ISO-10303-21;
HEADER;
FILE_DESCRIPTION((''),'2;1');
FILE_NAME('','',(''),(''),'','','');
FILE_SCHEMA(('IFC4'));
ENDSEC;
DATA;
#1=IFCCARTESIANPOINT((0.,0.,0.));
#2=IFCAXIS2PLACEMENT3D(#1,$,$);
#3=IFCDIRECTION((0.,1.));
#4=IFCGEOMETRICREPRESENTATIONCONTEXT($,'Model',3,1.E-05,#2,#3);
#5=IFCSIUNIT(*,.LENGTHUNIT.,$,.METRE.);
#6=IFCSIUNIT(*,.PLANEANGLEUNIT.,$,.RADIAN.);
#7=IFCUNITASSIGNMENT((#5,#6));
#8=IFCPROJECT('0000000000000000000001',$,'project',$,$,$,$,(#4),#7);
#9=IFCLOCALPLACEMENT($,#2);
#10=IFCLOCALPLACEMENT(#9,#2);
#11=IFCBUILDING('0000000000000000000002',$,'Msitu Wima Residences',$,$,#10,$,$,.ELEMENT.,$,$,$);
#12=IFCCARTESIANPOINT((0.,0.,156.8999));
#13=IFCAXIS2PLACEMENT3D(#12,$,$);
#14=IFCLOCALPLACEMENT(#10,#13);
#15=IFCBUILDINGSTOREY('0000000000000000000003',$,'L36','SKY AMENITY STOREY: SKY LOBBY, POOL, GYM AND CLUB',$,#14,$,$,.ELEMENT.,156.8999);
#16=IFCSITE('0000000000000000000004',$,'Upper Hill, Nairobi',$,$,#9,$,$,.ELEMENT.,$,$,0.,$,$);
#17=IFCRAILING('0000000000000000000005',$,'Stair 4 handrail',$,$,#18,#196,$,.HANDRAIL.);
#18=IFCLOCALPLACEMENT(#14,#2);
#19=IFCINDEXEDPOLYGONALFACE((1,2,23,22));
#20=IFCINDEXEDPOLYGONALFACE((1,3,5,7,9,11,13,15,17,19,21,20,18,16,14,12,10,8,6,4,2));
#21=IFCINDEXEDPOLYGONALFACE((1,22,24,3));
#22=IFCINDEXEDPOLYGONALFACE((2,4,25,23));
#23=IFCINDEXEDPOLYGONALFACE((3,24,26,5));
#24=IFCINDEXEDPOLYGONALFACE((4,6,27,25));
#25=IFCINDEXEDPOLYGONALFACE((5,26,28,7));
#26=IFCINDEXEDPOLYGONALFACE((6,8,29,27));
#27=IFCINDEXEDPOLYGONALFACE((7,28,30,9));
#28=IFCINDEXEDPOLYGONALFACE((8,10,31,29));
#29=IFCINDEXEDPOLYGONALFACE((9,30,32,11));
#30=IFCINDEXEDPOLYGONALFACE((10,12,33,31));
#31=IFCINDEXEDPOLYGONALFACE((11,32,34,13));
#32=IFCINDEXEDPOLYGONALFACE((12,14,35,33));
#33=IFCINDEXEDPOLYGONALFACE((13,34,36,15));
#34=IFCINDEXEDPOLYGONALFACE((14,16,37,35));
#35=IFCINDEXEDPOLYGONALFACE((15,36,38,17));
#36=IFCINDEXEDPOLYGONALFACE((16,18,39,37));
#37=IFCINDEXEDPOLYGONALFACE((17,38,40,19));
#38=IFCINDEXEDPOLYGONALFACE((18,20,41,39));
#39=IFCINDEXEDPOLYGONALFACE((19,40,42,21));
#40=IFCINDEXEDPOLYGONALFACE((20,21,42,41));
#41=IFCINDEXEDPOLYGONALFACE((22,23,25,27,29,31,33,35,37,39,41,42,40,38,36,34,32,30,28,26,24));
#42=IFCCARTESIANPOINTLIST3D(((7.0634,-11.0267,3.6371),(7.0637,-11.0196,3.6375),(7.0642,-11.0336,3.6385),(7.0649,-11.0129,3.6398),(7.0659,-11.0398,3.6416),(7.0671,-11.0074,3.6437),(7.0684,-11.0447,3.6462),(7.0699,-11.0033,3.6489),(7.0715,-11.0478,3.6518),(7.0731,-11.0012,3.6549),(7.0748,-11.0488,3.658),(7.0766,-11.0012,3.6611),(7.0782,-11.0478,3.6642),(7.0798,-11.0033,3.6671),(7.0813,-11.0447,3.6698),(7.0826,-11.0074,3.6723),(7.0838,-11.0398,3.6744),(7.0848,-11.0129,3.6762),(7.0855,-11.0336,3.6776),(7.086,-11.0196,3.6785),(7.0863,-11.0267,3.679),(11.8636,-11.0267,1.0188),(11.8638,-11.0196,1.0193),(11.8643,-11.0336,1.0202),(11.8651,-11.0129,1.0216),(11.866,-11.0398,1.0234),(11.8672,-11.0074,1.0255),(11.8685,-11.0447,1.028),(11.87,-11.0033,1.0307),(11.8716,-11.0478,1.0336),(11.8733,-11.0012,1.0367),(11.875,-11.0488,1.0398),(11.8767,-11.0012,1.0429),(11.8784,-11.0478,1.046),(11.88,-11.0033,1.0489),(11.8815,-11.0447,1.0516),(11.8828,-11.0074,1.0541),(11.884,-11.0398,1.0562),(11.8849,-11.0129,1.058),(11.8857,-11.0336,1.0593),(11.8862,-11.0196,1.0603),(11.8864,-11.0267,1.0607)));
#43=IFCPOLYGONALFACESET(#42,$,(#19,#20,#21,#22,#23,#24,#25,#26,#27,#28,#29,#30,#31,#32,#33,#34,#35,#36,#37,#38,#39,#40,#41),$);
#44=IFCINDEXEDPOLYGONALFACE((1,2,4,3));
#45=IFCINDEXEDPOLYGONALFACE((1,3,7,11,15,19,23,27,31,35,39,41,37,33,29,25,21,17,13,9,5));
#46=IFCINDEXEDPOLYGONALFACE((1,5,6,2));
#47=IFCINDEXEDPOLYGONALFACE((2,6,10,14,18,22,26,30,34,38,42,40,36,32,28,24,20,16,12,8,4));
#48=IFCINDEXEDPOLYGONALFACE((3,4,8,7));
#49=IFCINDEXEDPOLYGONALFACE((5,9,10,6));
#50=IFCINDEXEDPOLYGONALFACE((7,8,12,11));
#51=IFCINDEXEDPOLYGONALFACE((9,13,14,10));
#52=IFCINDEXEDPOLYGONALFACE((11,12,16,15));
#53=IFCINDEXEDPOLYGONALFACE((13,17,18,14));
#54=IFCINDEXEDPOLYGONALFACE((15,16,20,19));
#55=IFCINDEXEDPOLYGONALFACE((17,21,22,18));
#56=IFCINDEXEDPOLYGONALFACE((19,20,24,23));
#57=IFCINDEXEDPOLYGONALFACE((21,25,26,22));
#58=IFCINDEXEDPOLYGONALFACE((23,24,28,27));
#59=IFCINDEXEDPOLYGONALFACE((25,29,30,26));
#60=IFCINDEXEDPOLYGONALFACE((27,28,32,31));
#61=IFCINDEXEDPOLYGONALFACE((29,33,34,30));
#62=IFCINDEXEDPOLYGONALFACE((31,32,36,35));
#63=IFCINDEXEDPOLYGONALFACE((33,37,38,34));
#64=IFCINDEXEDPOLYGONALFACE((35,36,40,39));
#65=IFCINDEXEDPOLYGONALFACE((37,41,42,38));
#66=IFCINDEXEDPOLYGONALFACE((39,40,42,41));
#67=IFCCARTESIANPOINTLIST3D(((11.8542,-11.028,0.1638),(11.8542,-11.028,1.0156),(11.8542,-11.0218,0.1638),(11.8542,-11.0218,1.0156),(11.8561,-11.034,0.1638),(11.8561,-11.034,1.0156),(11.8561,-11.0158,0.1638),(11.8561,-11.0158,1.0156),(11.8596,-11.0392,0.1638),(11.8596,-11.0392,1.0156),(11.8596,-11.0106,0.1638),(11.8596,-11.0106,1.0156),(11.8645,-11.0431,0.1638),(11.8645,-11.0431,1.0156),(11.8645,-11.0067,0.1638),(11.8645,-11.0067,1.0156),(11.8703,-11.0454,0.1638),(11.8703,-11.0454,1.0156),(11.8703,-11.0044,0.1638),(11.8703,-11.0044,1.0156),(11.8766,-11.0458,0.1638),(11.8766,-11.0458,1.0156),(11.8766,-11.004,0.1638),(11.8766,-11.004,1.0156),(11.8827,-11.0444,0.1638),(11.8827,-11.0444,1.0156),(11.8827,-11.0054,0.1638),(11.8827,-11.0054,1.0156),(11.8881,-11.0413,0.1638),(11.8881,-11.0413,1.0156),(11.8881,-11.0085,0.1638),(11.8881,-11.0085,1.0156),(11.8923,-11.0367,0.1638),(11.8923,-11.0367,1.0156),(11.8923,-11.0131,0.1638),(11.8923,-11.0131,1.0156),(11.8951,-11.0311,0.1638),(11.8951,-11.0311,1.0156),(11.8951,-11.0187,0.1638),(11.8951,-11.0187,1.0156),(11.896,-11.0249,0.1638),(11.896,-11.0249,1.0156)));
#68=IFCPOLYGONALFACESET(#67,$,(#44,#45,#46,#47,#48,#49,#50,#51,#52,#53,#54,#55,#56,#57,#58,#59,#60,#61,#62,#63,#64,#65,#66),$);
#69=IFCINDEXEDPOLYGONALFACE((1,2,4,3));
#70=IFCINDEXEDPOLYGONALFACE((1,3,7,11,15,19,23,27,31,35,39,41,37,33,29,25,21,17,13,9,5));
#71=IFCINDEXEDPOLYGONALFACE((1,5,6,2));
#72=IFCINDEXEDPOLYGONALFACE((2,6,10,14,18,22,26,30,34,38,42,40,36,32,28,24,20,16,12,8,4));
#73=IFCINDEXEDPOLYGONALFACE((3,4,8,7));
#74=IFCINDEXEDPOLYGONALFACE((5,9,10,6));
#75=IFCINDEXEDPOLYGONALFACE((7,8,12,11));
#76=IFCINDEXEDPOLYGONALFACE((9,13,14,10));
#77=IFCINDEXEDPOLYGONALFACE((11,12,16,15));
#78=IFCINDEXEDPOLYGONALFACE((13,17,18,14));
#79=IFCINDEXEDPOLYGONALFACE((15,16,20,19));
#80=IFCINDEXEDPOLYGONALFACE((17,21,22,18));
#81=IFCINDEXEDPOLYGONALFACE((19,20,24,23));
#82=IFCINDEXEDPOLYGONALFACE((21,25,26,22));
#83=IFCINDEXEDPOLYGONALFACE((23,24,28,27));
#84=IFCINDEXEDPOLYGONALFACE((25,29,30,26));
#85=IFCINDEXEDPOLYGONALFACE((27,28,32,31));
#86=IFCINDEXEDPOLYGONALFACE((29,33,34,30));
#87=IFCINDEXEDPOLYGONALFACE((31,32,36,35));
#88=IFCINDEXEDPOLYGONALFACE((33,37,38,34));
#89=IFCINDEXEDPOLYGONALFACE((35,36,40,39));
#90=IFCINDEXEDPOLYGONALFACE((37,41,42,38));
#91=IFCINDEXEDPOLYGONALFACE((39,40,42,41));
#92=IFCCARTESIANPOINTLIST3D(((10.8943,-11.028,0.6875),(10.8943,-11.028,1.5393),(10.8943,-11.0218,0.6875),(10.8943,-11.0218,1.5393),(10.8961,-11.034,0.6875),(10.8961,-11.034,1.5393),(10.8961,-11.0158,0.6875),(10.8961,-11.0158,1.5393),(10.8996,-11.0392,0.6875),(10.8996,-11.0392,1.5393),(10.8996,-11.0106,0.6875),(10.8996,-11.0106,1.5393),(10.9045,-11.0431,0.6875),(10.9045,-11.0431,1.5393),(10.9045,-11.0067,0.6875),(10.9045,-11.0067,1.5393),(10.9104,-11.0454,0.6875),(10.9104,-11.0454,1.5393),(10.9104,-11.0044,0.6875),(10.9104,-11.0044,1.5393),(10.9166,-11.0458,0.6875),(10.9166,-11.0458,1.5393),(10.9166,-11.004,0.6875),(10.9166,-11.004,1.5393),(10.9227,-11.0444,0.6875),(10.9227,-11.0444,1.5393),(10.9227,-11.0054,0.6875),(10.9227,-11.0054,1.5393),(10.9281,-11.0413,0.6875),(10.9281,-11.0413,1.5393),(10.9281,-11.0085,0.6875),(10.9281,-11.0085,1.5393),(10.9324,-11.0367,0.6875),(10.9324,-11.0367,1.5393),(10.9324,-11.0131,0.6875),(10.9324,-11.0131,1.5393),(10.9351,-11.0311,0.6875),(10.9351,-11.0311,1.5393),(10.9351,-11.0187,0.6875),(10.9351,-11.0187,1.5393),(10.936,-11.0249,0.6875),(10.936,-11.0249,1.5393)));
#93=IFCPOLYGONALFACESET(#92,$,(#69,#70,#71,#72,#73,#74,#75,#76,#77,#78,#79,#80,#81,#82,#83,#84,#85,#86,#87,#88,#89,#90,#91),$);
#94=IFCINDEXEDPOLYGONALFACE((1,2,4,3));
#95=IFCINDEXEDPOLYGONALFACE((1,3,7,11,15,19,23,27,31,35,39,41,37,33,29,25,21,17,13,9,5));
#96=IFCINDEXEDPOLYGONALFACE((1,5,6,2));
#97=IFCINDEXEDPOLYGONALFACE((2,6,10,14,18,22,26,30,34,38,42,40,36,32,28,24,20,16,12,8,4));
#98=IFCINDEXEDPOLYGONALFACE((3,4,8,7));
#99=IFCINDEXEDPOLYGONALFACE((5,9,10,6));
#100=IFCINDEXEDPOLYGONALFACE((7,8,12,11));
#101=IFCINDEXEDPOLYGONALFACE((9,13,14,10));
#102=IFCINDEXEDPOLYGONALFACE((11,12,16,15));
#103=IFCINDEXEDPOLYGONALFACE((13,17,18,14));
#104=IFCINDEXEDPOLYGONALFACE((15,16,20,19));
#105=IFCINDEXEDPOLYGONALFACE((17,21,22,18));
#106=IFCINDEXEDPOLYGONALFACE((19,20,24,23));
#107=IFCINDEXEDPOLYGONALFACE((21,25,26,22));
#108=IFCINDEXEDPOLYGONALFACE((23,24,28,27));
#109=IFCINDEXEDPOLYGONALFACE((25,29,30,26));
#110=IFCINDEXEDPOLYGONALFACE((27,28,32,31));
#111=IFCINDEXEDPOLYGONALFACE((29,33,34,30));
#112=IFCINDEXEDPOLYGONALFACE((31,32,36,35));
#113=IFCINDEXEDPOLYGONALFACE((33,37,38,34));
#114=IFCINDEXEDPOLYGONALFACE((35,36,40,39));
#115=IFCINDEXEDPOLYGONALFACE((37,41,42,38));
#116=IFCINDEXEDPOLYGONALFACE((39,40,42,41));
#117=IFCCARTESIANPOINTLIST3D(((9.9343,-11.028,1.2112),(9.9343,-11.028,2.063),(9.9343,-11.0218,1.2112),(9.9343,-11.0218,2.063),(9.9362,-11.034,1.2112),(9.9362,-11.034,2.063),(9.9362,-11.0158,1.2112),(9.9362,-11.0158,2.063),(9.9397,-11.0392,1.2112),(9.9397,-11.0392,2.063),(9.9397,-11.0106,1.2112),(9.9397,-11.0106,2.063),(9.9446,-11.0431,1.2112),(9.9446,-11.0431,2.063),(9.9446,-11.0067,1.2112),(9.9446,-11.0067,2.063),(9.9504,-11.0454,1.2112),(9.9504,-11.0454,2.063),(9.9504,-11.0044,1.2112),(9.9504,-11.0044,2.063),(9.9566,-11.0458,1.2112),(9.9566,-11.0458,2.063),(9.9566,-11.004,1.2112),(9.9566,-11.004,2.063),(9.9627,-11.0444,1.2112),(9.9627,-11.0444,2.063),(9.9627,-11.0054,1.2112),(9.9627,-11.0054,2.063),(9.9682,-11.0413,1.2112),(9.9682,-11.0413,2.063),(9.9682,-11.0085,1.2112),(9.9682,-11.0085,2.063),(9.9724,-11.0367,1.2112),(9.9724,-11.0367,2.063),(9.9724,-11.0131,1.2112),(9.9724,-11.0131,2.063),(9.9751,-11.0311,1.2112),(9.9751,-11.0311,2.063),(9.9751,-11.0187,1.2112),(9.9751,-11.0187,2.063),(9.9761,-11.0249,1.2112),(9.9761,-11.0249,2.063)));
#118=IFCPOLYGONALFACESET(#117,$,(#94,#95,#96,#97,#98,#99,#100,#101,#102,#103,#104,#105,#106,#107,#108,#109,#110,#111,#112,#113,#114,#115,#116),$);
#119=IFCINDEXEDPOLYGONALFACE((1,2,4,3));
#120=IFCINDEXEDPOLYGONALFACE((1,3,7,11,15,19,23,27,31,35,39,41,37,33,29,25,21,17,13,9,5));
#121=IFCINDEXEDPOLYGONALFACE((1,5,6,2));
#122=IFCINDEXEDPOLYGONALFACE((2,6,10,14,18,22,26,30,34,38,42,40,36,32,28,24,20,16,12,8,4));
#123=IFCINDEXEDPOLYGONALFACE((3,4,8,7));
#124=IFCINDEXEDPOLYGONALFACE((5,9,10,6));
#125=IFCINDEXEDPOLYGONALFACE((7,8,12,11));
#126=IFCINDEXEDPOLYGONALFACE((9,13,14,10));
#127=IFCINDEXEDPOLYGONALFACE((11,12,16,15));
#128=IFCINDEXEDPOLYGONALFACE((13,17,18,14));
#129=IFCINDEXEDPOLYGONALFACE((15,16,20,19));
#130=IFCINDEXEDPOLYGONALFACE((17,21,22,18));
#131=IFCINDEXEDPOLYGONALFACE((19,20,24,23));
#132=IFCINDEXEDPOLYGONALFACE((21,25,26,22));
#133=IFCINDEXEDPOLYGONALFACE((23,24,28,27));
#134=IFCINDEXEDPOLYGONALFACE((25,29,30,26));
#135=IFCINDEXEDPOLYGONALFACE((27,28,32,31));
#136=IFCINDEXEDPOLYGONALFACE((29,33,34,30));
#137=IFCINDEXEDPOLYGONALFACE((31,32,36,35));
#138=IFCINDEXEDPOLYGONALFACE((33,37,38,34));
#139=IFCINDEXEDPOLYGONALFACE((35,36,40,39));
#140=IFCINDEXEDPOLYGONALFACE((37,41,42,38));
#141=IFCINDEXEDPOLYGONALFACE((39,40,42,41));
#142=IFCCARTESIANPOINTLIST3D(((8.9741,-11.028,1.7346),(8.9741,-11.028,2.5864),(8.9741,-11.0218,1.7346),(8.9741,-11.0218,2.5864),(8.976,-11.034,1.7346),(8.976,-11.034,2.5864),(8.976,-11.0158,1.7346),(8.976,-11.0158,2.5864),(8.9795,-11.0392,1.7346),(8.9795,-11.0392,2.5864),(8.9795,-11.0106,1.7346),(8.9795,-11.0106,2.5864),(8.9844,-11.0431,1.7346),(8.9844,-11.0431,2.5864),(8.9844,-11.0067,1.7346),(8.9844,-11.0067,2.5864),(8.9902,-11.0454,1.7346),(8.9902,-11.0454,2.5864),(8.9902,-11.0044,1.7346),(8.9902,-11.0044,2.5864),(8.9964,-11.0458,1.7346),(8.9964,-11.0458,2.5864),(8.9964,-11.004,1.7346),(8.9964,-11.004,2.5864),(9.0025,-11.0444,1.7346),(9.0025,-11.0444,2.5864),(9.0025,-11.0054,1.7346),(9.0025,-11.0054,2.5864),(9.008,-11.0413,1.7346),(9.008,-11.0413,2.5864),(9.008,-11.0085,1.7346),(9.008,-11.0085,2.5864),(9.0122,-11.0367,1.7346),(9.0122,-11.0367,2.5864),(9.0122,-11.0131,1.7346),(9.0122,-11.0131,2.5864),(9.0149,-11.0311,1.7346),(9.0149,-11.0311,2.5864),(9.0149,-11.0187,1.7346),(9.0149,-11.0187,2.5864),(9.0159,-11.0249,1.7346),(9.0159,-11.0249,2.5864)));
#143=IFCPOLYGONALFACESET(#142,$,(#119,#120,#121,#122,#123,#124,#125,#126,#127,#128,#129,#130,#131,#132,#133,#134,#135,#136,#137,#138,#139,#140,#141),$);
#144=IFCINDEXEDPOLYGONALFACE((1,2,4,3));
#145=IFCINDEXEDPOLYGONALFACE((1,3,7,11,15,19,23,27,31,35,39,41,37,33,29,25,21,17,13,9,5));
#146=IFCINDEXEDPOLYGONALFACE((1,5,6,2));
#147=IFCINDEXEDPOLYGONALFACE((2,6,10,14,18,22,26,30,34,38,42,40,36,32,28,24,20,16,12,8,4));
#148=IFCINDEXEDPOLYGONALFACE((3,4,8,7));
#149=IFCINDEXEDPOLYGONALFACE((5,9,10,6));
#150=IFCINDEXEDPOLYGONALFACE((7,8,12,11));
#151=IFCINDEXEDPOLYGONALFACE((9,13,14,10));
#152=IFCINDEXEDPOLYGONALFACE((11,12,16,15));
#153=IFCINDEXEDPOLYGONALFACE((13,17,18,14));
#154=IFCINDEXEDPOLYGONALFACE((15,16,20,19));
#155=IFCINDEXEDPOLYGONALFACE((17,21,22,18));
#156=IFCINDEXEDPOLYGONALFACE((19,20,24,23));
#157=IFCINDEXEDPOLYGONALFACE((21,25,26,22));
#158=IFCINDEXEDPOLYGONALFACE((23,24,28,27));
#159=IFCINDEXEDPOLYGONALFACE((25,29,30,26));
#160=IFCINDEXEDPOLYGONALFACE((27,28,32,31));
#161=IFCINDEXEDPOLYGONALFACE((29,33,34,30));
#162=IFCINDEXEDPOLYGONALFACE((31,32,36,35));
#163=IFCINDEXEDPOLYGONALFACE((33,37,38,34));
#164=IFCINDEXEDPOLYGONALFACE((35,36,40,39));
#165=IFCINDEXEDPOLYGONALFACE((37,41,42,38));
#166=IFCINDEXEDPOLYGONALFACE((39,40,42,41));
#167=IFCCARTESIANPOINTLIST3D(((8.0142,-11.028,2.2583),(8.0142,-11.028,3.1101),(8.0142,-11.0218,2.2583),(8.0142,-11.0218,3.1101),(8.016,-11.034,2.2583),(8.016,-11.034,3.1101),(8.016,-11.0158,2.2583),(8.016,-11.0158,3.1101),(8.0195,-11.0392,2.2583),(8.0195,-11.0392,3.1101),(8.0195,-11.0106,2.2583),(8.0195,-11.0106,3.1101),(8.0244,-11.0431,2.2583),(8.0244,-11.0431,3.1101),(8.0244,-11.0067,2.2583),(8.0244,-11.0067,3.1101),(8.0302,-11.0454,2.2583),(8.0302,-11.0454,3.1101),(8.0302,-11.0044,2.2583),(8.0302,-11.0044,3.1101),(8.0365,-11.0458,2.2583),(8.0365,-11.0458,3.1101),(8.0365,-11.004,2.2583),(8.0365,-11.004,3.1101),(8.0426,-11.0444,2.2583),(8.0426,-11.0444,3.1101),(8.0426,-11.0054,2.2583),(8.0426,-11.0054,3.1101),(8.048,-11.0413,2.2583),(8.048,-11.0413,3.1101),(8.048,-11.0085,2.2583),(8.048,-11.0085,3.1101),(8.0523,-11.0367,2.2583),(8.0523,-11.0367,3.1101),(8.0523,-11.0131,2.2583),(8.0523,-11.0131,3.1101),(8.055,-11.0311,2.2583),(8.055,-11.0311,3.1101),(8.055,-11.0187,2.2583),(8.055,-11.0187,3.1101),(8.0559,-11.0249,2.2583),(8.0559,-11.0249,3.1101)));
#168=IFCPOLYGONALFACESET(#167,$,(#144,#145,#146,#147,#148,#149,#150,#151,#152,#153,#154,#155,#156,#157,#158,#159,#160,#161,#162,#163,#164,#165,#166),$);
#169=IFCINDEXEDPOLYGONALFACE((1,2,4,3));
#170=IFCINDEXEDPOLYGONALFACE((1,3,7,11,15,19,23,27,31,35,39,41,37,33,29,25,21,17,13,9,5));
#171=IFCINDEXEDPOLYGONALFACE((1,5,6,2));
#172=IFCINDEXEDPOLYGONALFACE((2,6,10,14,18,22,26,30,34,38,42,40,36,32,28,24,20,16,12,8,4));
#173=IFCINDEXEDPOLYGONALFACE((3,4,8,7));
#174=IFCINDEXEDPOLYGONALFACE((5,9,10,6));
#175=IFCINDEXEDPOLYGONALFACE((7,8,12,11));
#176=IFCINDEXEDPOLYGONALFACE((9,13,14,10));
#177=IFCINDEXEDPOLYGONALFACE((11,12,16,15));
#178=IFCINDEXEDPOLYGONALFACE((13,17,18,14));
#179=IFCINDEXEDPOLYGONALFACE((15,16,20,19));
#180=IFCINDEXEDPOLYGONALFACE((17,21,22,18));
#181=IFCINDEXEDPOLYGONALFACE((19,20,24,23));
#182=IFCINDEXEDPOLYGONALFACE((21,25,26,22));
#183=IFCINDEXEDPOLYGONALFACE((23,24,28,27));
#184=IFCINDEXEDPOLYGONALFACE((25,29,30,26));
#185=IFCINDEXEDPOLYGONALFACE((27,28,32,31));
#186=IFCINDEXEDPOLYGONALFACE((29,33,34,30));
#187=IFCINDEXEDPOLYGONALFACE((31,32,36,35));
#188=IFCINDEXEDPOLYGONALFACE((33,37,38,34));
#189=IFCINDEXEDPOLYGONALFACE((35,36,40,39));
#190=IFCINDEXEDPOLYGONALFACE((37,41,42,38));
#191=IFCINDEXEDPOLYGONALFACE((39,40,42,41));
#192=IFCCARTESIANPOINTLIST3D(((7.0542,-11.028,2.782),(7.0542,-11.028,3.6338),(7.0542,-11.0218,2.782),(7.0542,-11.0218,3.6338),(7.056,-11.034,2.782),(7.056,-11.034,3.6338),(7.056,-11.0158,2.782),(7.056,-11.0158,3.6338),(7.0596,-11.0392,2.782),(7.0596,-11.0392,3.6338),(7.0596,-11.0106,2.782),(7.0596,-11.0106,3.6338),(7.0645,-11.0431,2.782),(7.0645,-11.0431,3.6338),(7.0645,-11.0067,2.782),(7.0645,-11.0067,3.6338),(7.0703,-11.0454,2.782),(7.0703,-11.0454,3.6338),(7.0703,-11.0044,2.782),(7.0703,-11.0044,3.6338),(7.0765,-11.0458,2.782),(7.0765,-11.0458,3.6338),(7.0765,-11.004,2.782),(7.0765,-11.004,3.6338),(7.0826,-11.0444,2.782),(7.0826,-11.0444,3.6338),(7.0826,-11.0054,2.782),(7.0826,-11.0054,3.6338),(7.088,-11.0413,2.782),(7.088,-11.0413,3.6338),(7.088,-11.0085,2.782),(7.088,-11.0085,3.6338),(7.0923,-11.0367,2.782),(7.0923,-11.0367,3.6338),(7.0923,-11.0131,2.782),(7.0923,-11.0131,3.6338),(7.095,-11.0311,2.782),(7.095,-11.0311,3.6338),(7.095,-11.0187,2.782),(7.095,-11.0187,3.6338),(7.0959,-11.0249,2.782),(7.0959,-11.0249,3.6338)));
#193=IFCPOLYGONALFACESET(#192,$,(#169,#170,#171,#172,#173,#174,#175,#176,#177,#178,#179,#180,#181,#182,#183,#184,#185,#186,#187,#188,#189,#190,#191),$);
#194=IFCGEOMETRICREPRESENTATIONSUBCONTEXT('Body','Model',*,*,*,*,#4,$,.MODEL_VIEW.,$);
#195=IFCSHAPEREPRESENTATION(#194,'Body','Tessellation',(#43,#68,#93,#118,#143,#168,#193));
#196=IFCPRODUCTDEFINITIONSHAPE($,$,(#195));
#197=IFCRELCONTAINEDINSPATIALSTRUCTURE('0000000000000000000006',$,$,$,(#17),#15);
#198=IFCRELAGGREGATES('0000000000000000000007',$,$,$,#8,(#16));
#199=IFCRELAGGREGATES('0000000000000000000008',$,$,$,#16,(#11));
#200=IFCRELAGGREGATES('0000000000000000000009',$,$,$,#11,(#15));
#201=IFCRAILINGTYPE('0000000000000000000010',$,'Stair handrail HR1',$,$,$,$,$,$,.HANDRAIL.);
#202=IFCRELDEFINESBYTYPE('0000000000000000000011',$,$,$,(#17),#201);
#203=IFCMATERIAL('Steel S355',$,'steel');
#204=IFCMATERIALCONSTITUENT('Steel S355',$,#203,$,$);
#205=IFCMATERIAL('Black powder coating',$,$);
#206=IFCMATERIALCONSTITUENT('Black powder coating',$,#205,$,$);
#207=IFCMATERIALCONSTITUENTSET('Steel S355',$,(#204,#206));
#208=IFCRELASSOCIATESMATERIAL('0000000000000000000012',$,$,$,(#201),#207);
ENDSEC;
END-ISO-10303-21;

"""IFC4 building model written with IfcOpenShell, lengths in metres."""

from ifc_helpers import new_model, si_unit, direction, frame, origin, origin_2d, place, context, subcontext, project, spatial, circle, extrude, material, constituent, constituent_set, type_object, element, save


model = new_model("IFC4")

# Units and contexts
model_context = context("Model", 3, precision=1e-05, world=origin(), true_north=direction((0.0, 1.0)))
body_context = subcontext(model_context, "Body", "Model", "MODEL_VIEW")
ifc_project = project(units=[si_unit("LENGTHUNIT", "METRE"), si_unit("PLANEANGLEUNIT", "RADIAN")], contexts=[model_context])

# Site, building, storey
site_placement = place(None, origin())
site = spatial("IfcSite", under=ifc_project, at=site_placement, Name="Upper Hill, Nairobi", CompositionType="ELEMENT", RefElevation=0.0)
building_placement = place(site_placement, origin())
building = spatial("IfcBuilding", under=site, at=building_placement, Name="Msitu Wima Residences", CompositionType="ELEMENT")
storey_placement = place(building_placement, frame((0.0, 0.0, 156.8999)))
storey = spatial("IfcBuildingStorey", under=building, at=storey_placement, Name="L36", Description="SKY AMENITY STOREY: SKY LOBBY, POOL, GYM AND CLUB", CompositionType="ELEMENT", Elevation=156.8999)

# Railing
ifc_material_1 = material(Name="Steel S355", Category="steel")
ifc_constituent_1 = constituent(ifc_material_1, Name="Steel S355")
ifc_material_2 = material(Name="Black powder coating")
ifc_constituent_2 = constituent(ifc_material_2, Name="Black powder coating")
ifc_constituent_set = constituent_set(constituents=[ifc_constituent_1, ifc_constituent_2], Name="Steel S355")
railing_type = type_object("IfcRailingType", Name="Stair handrail HR1", PredefinedType="HANDRAIL", material=ifc_constituent_set)
for number, where, name in (
    (1, (11.875, -11.0249, 0.1638), "Stair 4 handrail"),
):
    element("IfcRailing", number, at=place(storey_placement, frame(where)), inside=storey, type_object=railing_type, Name=name, PredefinedType="HANDRAIL", context=body_context, shape_type="SweptSolid", body=[
        extrude(circle(Radius=0.0239, at=origin_2d()), frame((0.0, 0.0, 0.876), z_axis=(-0.877899, 0.0, 0.478846), x_axis=(0.0, -1.0, 0.0)), (0.0, 0.0, 1.0), 5.4678),
        extrude(circle(Radius=0.021, at=origin_2d()), origin(), (0.0, 0.0, 1.0), 0.8518),
        extrude(circle(Radius=0.021, at=origin_2d()), frame((-0.96, 0.0, 0.5237)), (0.0, 0.0, 1.0), 0.8518),
        extrude(circle(Radius=0.021, at=origin_2d()), frame((-1.9199, 0.0, 1.0474)), (0.0, 0.0, 1.0), 0.8518),
        extrude(circle(Radius=0.021, at=origin_2d()), frame((-2.8801, 0.0, 1.5708)), (0.0, 0.0, 1.0), 0.8518),
        extrude(circle(Radius=0.021, at=origin_2d()), frame((-3.8401, 0.0, 2.0945)), (0.0, 0.0, 1.0), 0.8518),
        extrude(circle(Radius=0.021, at=origin_2d()), frame((-4.8, 0.0, 2.6182)), (0.0, 0.0, 1.0), 0.8518),
    ])

save(model, "model.ifc")
